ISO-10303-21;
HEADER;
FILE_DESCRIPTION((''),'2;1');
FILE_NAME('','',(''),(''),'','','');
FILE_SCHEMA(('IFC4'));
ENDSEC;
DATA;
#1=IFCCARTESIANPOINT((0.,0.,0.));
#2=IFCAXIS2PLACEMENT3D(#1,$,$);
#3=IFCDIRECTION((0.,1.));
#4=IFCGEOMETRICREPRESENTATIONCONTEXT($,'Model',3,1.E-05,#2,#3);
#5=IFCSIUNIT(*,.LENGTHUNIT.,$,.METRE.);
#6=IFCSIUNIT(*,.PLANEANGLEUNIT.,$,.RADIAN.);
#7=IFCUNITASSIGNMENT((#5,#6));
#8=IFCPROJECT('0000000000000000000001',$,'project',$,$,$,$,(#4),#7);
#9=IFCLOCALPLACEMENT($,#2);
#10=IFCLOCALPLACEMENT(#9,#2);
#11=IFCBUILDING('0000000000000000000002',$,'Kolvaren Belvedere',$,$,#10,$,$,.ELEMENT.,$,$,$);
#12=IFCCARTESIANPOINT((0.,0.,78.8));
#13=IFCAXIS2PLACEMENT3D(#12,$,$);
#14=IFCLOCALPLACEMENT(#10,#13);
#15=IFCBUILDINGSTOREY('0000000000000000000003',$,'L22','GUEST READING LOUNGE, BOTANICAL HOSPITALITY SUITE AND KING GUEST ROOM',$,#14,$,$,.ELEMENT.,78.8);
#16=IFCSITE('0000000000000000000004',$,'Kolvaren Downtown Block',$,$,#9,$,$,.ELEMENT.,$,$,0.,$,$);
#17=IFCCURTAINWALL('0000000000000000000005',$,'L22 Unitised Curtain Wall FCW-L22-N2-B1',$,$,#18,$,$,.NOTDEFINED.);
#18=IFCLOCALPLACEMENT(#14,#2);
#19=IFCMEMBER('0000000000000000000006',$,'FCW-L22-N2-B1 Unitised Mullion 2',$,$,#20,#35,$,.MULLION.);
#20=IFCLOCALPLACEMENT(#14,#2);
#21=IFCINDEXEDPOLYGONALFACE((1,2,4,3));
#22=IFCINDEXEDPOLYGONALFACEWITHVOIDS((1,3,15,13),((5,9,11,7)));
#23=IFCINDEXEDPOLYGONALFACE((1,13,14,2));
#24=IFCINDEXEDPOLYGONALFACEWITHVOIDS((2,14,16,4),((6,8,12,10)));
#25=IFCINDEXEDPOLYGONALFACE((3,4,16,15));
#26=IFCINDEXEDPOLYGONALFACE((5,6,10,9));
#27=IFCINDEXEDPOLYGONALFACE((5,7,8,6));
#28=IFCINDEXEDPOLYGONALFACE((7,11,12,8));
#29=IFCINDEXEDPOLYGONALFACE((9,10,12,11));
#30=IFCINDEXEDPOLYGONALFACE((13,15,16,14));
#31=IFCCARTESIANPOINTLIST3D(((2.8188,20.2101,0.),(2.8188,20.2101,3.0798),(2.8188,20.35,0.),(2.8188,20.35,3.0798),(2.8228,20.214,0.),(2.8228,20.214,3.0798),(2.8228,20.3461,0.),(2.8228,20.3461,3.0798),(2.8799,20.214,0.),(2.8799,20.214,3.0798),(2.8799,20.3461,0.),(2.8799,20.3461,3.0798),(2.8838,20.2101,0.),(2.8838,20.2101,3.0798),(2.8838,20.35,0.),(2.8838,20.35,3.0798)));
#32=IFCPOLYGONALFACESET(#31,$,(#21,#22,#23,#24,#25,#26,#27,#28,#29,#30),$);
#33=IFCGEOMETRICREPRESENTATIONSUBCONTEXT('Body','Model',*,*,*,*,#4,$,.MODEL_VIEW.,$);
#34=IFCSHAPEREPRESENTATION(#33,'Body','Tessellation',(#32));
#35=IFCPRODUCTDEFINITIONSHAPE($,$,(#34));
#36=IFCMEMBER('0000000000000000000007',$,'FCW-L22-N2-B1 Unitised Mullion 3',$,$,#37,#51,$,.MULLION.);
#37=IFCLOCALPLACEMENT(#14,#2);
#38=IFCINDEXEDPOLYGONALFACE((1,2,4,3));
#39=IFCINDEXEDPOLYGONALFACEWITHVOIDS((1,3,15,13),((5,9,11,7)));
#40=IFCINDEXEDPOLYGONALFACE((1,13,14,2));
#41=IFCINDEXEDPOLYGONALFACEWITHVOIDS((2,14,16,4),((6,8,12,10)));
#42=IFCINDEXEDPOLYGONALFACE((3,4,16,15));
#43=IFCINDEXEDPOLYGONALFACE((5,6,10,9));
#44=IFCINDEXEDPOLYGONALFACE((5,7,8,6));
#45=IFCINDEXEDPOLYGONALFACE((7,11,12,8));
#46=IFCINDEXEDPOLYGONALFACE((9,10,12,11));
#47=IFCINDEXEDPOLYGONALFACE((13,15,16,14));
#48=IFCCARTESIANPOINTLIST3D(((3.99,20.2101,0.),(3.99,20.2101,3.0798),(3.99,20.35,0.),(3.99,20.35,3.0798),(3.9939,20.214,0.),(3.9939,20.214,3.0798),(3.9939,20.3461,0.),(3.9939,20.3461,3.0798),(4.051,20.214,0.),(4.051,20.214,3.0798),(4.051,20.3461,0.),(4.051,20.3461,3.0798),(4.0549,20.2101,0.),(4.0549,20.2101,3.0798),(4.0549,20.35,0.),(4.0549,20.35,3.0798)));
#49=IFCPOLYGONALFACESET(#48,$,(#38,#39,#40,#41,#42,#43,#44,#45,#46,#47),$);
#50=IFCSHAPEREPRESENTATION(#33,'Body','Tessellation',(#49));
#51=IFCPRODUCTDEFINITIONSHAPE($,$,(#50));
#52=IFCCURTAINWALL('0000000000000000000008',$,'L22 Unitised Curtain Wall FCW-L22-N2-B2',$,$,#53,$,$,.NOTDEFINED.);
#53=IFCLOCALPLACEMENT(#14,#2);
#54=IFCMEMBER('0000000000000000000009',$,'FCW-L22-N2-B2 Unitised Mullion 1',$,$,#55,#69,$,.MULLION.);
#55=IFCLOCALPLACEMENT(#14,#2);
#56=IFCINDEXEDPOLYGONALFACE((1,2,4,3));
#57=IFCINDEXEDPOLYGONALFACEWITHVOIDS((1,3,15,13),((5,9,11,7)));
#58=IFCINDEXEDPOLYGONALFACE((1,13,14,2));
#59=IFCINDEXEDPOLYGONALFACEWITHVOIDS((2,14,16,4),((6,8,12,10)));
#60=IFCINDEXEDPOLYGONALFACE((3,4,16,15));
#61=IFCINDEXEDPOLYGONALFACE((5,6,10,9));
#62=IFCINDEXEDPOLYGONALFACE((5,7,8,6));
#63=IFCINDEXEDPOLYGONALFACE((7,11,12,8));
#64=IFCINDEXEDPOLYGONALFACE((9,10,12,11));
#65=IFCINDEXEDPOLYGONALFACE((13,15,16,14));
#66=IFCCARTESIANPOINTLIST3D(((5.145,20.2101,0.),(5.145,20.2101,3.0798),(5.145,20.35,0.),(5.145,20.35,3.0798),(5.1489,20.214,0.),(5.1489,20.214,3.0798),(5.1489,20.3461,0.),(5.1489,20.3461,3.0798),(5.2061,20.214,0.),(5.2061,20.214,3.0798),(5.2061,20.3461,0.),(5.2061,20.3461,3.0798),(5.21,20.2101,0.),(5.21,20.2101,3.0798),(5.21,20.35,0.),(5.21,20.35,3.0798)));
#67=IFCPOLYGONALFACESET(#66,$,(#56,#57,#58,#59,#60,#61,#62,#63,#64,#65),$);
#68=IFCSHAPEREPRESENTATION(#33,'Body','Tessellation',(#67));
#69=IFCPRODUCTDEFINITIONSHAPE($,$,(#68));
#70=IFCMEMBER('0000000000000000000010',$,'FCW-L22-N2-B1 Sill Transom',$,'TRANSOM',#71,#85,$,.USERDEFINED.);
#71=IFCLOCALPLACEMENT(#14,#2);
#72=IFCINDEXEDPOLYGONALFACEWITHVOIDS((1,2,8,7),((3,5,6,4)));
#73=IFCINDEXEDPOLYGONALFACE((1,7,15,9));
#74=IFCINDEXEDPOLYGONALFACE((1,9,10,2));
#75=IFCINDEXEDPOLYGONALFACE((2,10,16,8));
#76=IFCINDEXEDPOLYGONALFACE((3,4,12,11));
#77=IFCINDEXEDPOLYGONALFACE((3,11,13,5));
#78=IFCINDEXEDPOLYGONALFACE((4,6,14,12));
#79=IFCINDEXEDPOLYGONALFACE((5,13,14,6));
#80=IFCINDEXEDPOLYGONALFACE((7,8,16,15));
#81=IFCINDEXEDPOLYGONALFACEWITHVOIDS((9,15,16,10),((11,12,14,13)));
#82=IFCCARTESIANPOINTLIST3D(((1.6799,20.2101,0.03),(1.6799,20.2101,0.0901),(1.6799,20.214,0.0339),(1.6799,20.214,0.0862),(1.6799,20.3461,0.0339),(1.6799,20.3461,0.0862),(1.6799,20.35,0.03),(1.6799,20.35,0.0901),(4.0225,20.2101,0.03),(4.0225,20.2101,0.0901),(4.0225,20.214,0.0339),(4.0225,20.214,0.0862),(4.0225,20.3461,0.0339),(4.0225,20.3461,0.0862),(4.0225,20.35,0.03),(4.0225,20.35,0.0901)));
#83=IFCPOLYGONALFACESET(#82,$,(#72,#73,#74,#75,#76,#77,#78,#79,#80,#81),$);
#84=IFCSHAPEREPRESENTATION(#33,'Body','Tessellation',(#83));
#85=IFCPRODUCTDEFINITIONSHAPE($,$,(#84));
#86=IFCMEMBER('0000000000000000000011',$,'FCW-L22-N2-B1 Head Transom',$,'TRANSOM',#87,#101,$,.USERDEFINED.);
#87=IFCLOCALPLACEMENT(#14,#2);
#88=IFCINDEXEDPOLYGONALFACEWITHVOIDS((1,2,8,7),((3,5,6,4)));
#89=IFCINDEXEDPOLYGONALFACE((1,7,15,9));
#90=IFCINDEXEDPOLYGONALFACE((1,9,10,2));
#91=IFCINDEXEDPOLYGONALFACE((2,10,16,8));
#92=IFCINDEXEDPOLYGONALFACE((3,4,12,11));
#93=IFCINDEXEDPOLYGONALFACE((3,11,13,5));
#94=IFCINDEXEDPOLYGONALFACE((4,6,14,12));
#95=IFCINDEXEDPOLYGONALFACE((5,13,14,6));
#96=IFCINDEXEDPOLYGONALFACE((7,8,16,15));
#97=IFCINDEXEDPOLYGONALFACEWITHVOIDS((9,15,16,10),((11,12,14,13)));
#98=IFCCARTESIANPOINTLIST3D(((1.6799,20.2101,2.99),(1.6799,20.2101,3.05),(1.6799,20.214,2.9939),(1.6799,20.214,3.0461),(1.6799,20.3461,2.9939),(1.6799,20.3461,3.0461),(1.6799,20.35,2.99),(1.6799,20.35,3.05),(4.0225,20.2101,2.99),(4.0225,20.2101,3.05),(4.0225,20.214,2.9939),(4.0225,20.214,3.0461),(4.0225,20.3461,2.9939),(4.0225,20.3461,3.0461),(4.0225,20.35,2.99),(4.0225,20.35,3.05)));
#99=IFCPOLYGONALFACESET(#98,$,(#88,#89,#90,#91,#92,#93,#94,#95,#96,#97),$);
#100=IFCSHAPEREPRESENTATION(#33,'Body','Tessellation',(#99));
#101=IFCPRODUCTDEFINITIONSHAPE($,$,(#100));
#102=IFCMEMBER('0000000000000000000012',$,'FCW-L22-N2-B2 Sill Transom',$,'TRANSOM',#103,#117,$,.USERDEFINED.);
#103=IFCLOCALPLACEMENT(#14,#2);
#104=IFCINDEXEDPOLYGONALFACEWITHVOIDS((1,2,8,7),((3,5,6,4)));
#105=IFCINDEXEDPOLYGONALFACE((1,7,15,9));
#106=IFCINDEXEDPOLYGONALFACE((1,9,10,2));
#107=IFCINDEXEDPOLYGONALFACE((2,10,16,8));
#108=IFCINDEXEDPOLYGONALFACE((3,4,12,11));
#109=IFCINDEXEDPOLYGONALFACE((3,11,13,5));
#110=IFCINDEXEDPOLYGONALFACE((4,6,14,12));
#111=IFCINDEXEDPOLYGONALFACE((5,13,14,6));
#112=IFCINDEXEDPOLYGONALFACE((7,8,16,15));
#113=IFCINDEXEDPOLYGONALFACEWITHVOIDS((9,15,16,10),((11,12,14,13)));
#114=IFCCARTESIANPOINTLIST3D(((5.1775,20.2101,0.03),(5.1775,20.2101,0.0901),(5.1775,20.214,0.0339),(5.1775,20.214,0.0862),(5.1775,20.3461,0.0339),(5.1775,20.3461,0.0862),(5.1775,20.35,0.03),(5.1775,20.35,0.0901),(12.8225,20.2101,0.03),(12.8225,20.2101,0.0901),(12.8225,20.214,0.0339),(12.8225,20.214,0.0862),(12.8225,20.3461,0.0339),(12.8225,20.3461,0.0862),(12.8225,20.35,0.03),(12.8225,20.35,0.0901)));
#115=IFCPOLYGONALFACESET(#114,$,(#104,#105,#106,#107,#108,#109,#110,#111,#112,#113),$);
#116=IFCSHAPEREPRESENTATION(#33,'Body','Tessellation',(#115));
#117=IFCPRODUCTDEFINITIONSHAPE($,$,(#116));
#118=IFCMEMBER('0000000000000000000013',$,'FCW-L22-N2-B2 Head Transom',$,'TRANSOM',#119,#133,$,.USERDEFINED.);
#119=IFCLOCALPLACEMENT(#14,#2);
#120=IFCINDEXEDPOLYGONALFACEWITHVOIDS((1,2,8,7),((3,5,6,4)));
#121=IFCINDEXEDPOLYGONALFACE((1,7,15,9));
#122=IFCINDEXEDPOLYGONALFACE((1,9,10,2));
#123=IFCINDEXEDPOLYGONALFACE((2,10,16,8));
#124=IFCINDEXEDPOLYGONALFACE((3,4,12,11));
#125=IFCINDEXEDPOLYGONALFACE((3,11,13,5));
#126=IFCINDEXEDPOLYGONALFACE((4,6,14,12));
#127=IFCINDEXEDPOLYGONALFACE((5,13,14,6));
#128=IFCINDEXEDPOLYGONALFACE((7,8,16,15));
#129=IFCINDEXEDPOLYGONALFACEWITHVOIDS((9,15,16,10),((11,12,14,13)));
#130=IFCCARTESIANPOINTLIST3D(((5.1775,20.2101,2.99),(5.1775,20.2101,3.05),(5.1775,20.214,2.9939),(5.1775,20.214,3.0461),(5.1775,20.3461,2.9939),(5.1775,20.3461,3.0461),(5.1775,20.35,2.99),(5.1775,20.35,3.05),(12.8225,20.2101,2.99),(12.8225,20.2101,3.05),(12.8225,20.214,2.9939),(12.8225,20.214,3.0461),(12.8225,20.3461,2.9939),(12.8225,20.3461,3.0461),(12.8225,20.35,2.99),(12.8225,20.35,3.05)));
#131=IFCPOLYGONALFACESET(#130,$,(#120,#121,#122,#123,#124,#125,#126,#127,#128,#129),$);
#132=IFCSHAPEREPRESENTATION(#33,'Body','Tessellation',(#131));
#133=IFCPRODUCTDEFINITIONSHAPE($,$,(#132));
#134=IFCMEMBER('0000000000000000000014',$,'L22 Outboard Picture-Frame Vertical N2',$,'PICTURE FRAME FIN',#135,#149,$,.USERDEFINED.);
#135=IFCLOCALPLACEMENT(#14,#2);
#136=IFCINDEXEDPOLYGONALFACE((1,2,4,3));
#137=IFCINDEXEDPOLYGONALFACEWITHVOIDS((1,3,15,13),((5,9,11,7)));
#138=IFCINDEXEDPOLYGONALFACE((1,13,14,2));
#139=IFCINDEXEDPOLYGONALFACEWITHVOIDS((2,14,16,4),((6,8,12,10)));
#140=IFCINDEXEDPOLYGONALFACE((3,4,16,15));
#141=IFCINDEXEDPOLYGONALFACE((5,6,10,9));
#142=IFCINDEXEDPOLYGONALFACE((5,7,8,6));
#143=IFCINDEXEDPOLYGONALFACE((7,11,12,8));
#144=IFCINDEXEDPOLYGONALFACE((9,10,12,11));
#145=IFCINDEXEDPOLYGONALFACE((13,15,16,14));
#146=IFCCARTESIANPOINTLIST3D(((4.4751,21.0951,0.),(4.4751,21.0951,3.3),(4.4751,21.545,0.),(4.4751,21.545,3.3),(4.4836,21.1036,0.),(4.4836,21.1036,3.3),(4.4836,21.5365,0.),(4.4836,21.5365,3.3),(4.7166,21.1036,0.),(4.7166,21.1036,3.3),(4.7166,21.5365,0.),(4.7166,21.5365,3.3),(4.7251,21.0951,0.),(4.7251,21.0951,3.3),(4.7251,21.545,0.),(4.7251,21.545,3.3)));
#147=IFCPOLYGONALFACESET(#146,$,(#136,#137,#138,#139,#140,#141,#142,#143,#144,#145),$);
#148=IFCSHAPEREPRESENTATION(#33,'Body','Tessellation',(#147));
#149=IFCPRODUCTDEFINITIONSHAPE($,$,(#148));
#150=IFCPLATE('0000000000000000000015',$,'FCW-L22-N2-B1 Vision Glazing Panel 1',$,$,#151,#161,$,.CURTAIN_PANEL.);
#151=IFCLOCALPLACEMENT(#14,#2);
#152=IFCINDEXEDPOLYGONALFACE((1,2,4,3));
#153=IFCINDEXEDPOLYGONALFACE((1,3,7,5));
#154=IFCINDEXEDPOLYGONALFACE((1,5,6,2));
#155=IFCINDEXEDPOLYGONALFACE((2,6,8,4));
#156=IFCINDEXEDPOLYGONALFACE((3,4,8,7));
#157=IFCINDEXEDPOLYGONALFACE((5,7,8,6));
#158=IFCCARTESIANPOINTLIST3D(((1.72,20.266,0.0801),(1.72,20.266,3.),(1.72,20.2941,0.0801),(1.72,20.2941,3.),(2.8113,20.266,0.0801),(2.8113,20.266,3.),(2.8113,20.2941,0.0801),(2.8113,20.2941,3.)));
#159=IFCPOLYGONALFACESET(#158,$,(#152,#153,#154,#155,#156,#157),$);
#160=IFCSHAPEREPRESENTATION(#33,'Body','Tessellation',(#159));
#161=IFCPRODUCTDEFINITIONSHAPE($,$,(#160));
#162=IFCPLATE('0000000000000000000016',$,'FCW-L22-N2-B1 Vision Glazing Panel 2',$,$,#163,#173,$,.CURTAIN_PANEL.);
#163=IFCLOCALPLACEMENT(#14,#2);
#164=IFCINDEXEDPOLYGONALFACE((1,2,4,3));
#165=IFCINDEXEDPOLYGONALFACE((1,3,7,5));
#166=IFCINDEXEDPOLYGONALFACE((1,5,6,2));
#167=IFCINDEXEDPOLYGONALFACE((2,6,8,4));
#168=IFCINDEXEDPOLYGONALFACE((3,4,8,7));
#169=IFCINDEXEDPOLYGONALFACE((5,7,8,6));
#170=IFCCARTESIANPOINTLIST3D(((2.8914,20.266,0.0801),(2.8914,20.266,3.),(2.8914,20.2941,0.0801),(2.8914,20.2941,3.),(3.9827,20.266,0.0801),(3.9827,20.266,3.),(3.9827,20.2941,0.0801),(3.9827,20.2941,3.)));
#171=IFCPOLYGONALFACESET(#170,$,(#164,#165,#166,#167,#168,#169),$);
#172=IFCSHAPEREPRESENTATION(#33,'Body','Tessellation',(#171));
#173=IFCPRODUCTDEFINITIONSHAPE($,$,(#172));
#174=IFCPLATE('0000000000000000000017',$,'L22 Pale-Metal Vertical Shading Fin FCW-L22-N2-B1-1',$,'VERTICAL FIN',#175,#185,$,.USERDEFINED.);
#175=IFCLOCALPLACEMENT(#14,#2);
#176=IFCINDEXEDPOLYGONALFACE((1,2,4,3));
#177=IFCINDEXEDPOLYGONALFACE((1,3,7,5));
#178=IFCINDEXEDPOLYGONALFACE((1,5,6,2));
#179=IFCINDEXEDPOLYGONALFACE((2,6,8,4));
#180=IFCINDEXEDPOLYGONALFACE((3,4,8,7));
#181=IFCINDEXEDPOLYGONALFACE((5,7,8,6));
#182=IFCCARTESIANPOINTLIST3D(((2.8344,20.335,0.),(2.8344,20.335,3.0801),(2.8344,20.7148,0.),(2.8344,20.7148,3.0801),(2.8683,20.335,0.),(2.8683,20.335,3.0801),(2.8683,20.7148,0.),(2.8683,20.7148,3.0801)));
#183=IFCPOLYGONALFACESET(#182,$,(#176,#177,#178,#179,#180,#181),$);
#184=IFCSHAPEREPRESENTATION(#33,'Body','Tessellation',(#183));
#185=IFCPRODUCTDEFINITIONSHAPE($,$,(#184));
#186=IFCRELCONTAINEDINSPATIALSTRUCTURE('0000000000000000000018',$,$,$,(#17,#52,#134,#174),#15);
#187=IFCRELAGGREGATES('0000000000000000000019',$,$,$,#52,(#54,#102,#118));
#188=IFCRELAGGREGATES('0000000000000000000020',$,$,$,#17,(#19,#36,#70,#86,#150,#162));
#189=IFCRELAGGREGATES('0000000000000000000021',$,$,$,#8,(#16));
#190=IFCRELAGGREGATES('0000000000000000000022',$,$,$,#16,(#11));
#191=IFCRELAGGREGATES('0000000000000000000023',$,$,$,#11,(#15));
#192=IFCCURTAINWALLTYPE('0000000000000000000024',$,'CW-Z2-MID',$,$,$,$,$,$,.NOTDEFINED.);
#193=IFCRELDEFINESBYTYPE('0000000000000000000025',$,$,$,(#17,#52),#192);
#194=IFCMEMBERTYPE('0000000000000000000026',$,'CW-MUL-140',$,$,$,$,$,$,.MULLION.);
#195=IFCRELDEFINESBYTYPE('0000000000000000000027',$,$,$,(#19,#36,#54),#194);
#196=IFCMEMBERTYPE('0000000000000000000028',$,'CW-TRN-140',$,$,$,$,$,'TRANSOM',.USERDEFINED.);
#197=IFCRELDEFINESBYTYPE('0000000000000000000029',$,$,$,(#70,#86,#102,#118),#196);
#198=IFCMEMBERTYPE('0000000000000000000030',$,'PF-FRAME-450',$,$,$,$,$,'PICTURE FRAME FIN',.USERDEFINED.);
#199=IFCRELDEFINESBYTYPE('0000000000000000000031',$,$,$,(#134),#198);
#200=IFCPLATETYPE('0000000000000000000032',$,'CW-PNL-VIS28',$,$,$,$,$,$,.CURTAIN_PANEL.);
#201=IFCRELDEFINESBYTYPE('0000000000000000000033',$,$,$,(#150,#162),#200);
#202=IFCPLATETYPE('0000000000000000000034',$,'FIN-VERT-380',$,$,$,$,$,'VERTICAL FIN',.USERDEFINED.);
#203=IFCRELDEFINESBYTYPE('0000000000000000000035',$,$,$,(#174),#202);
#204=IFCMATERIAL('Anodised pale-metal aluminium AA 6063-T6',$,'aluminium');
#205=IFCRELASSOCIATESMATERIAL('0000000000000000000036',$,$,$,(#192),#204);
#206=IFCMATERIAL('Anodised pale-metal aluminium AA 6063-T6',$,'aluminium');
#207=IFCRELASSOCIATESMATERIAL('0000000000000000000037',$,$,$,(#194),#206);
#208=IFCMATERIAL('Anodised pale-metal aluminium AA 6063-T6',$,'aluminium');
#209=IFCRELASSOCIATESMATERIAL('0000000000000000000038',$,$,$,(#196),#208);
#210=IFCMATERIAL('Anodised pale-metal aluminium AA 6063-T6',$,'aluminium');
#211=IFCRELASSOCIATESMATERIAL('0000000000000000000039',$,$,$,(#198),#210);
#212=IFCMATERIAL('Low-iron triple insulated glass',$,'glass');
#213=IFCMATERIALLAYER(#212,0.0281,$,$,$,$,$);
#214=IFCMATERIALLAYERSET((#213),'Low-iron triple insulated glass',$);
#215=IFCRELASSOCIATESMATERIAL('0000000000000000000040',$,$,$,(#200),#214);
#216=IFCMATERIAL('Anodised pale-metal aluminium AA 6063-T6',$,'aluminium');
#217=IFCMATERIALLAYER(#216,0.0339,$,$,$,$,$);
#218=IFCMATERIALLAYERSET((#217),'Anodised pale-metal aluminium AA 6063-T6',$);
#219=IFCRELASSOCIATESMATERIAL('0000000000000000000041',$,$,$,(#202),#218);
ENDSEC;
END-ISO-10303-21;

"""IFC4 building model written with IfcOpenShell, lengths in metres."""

from ifc_helpers import new_model, si_unit, direction, frame, origin, origin_2d, place, context, subcontext, project, spatial, rectangle, hollow_rectangle, extrude, material, layer, layer_set, material_profile, profile_set, type_object, element, aggregate, save


model = new_model("IFC4")

# Units and contexts
model_context = context("Model", 3, precision=1e-05, world=origin(), true_north=direction((0.0, 1.0)))
body_context = subcontext(model_context, "Body", "Model", "MODEL_VIEW")
ifc_project = project(units=[si_unit("LENGTHUNIT", "METRE"), si_unit("PLANEANGLEUNIT", "RADIAN")], contexts=[model_context])

# Site, building, storey
site_placement = place(None, origin())
site = spatial("IfcSite", under=ifc_project, at=site_placement, Name="Kolvaren Downtown Block", CompositionType="ELEMENT", RefElevation=0.0)
building_placement = place(site_placement, origin())
building = spatial("IfcBuilding", under=site, at=building_placement, Name="Kolvaren Belvedere", CompositionType="ELEMENT")
storey_placement = place(building_placement, frame((0.0, 0.0, 78.8)))
storey = spatial("IfcBuildingStorey", under=building, at=storey_placement, Name="L22", Description="GUEST READING LOUNGE, BOTANICAL HOSPITALITY SUITE AND KING GUEST ROOM", CompositionType="ELEMENT", Elevation=78.8)

# Curtain wall, members
ifc_material_1 = material(Name="Anodised pale-metal aluminium AA 6063-T6", Category="aluminium")
curtain_wall_type = type_object("IfcCurtainWallType", Name="CW-Z2-MID", PredefinedType="NOTDEFINED", material=ifc_material_1)
curtain_wall_1_placement = place(storey_placement, origin())
curtain_wall_1 = element("IfcCurtainWall", 1, at=curtain_wall_1_placement, inside=storey, type_object=curtain_wall_type, Name="L22 Unitised Curtain Wall FCW-L22-N2-B1", PredefinedType="NOTDEFINED")
ifc_material_2 = material(Name="Anodised pale-metal aluminium AA 6063-T6", Category="aluminium")
ifc_material_profile_1 = material_profile(ifc_material_2, hollow_rectangle(XDim=0.0649, YDim=0.1399, WallThickness=0.0039, at=origin_2d()), Name="ALU-MUL-140X65")
ifc_profile_set_1 = profile_set([ifc_material_profile_1], Name="Anodised pale-metal aluminium AA 6063-T6")
member_type_1 = type_object("IfcMemberType", Name="CW-MUL-140", PredefinedType="MULLION", material=ifc_profile_set_1)
member_1_placement = place(storey_placement, frame((2.8513, 20.28, 0.0), z_axis=(0.0, 0.0, 1.0), x_axis=(1.0, 0.0, 0.0)))
member_1 = element("IfcMember", 2, at=member_1_placement, type_object=member_type_1, Name="FCW-L22-N2-B1 Unitised Mullion 2", PredefinedType="MULLION", context=body_context, shape_type="SweptSolid", body=[
    extrude(hollow_rectangle(XDim=0.0649, YDim=0.1399, WallThickness=0.0039, at=origin_2d()), origin(), (0.0, 0.0, 1.0), 3.0798),
])
member_2_placement = place(storey_placement, frame((4.0225, 20.28, 0.0), z_axis=(0.0, 0.0, 1.0), x_axis=(1.0, 0.0, 0.0)))
member_2 = element("IfcMember", 3, at=member_2_placement, type_object=member_type_1, Name="FCW-L22-N2-B1 Unitised Mullion 3", PredefinedType="MULLION", context=body_context, shape_type="SweptSolid", body=[
    extrude(hollow_rectangle(XDim=0.0649, YDim=0.1399, WallThickness=0.0039, at=origin_2d()), origin(), (0.0, 0.0, 1.0), 3.0798),
])

# Curtain wall, member
curtain_wall_2_placement = place(storey_placement, origin())
curtain_wall_2 = element("IfcCurtainWall", 4, at=curtain_wall_2_placement, inside=storey, type_object=curtain_wall_type, Name="L22 Unitised Curtain Wall FCW-L22-N2-B2", PredefinedType="NOTDEFINED")
member_3_placement = place(storey_placement, frame((5.1775, 20.28, 0.0), z_axis=(0.0, 0.0, 1.0), x_axis=(1.0, 0.0, 0.0)))
member_3 = element("IfcMember", 5, at=member_3_placement, type_object=member_type_1, Name="FCW-L22-N2-B2 Unitised Mullion 1", PredefinedType="MULLION", context=body_context, shape_type="SweptSolid", body=[
    extrude(hollow_rectangle(XDim=0.0649, YDim=0.1399, WallThickness=0.0039, at=origin_2d()), origin(), (0.0, 0.0, 1.0), 3.0798),
])

# Members
ifc_material_3 = material(Name="Anodised pale-metal aluminium AA 6063-T6", Category="aluminium")
ifc_material_profile_2 = material_profile(ifc_material_3, hollow_rectangle(XDim=0.0601, YDim=0.1399, WallThickness=0.0039, at=origin_2d()), Name="ALU-TRN-140X60")
ifc_profile_set_2 = profile_set([ifc_material_profile_2], Name="Anodised pale-metal aluminium AA 6063-T6")
member_type_2 = type_object("IfcMemberType", Name="CW-TRN-140", ElementType="TRANSOM", PredefinedType="USERDEFINED", material=ifc_profile_set_2)
member_4_placement = place(storey_placement, frame((1.6799, 20.28, 0.0601), z_axis=(1.0, 0.0, 0.0), x_axis=(0.0, 0.0, 1.0)))
member_4 = element("IfcMember", 6, at=member_4_placement, type_object=member_type_2, Name="FCW-L22-N2-B1 Sill Transom", ObjectType="TRANSOM", PredefinedType="USERDEFINED", context=body_context, shape_type="SweptSolid", body=[
    extrude(hollow_rectangle(XDim=0.0601, YDim=0.1399, WallThickness=0.0039, at=origin_2d()), origin(), (0.0, 0.0, 1.0), 2.3425),
])
member_5_placement = place(storey_placement, frame((1.6799, 20.28, 3.02), z_axis=(1.0, 0.0, 0.0), x_axis=(0.0, 0.0, 1.0)))
member_5 = element("IfcMember", 7, at=member_5_placement, type_object=member_type_2, Name="FCW-L22-N2-B1 Head Transom", ObjectType="TRANSOM", PredefinedType="USERDEFINED", context=body_context, shape_type="SweptSolid", body=[
    extrude(hollow_rectangle(XDim=0.0601, YDim=0.1399, WallThickness=0.0039, at=origin_2d()), origin(), (0.0, 0.0, 1.0), 2.3425),
])
member_6_placement = place(storey_placement, frame((5.1775, 20.28, 0.0601), z_axis=(1.0, 0.0, 0.0), x_axis=(0.0, 0.0, 1.0)))
member_6 = element("IfcMember", 8, at=member_6_placement, type_object=member_type_2, Name="FCW-L22-N2-B2 Sill Transom", ObjectType="TRANSOM", PredefinedType="USERDEFINED", context=body_context, shape_type="SweptSolid", body=[
    extrude(hollow_rectangle(XDim=0.0601, YDim=0.1399, WallThickness=0.0039, at=origin_2d()), origin(), (0.0, 0.0, 1.0), 7.645),
])
member_7_placement = place(storey_placement, frame((5.1775, 20.28, 3.02), z_axis=(1.0, 0.0, 0.0), x_axis=(0.0, 0.0, 1.0)))
member_7 = element("IfcMember", 9, at=member_7_placement, type_object=member_type_2, Name="FCW-L22-N2-B2 Head Transom", ObjectType="TRANSOM", PredefinedType="USERDEFINED", context=body_context, shape_type="SweptSolid", body=[
    extrude(hollow_rectangle(XDim=0.0601, YDim=0.1399, WallThickness=0.0039, at=origin_2d()), origin(), (0.0, 0.0, 1.0), 7.645),
])
aggregate(curtain_wall_2, [member_3, member_6, member_7])
ifc_material_4 = material(Name="Anodised pale-metal aluminium AA 6063-T6", Category="aluminium")
ifc_material_profile_3 = material_profile(ifc_material_4, hollow_rectangle(XDim=0.25, YDim=0.45, WallThickness=0.0085, at=origin_2d()), Name="ALU-PF-450X250")
ifc_profile_set_3 = profile_set([ifc_material_profile_3], Name="Anodised pale-metal aluminium AA 6063-T6")
member_type_3 = type_object("IfcMemberType", Name="PF-FRAME-450", ElementType="PICTURE FRAME FIN", PredefinedType="USERDEFINED", material=ifc_profile_set_3)
member_8_placement = place(storey_placement, frame((4.6001, 21.3201, 0.0), z_axis=(0.0, 0.0, 1.0), x_axis=(1.0, 0.0, 0.0)))
element("IfcMember", 10, at=member_8_placement, inside=storey, type_object=member_type_3, Name="L22 Outboard Picture-Frame Vertical N2", ObjectType="PICTURE FRAME FIN", PredefinedType="USERDEFINED", context=body_context, shape_type="SweptSolid", body=[
    extrude(hollow_rectangle(XDim=0.25, YDim=0.45, WallThickness=0.0085, at=origin_2d()), origin(), (0.0, 0.0, 1.0), 3.3),
])

# Plates
ifc_material_5 = material(Name="Low-iron triple insulated glass", Category="glass")
ifc_layer_1 = layer(ifc_material_5, 0.0281)
ifc_layer_set_1 = layer_set([ifc_layer_1], Name="Low-iron triple insulated glass")
plate_type_1 = type_object("IfcPlateType", Name="CW-PNL-VIS28", PredefinedType="CURTAIN_PANEL", material=ifc_layer_set_1)
plate_1_placement = place(storey_placement, frame((2.2656, 20.28, 0.0801), z_axis=(0.0, 0.0, 1.0), x_axis=(1.0, 0.0, 0.0)))
plate_1 = element("IfcPlate", 11, at=plate_1_placement, type_object=plate_type_1, Name="FCW-L22-N2-B1 Vision Glazing Panel 1", PredefinedType="CURTAIN_PANEL", context=body_context, shape_type="SweptSolid", body=[
    extrude(rectangle(XDim=1.0913, YDim=0.0281, at=origin_2d()), origin(), (0.0, 0.0, 1.0), 2.9199),
])
plate_2_placement = place(storey_placement, frame((3.437, 20.28, 0.0801), z_axis=(0.0, 0.0, 1.0), x_axis=(1.0, 0.0, 0.0)))
plate_2 = element("IfcPlate", 12, at=plate_2_placement, type_object=plate_type_1, Name="FCW-L22-N2-B1 Vision Glazing Panel 2", PredefinedType="CURTAIN_PANEL", context=body_context, shape_type="SweptSolid", body=[
    extrude(rectangle(XDim=1.0913, YDim=0.0281, at=origin_2d()), origin(), (0.0, 0.0, 1.0), 2.9199),
])
aggregate(curtain_wall_1, [member_1, member_2, member_4, member_5, plate_1, plate_2])
ifc_material_6 = material(Name="Anodised pale-metal aluminium AA 6063-T6", Category="aluminium")
ifc_layer_2 = layer(ifc_material_6, 0.0339)
ifc_layer_set_2 = layer_set([ifc_layer_2], Name="Anodised pale-metal aluminium AA 6063-T6")
plate_type_2 = type_object("IfcPlateType", Name="FIN-VERT-380", ElementType="VERTICAL FIN", PredefinedType="USERDEFINED", material=ifc_layer_set_2)
plate_3_placement = place(storey_placement, frame((2.8513, 20.5249, 0.0), z_axis=(0.0, 0.0, 1.0), x_axis=(0.0, 1.0, 0.0)))
element("IfcPlate", 13, at=plate_3_placement, inside=storey, type_object=plate_type_2, Name="L22 Pale-Metal Vertical Shading Fin FCW-L22-N2-B1-1", ObjectType="VERTICAL FIN", PredefinedType="USERDEFINED", context=body_context, shape_type="SweptSolid", body=[
    extrude(rectangle(XDim=0.3799, YDim=0.0339, at=origin_2d()), origin(), (0.0, 0.0, 1.0), 3.0801),
])

save(model, "model.ifc")
